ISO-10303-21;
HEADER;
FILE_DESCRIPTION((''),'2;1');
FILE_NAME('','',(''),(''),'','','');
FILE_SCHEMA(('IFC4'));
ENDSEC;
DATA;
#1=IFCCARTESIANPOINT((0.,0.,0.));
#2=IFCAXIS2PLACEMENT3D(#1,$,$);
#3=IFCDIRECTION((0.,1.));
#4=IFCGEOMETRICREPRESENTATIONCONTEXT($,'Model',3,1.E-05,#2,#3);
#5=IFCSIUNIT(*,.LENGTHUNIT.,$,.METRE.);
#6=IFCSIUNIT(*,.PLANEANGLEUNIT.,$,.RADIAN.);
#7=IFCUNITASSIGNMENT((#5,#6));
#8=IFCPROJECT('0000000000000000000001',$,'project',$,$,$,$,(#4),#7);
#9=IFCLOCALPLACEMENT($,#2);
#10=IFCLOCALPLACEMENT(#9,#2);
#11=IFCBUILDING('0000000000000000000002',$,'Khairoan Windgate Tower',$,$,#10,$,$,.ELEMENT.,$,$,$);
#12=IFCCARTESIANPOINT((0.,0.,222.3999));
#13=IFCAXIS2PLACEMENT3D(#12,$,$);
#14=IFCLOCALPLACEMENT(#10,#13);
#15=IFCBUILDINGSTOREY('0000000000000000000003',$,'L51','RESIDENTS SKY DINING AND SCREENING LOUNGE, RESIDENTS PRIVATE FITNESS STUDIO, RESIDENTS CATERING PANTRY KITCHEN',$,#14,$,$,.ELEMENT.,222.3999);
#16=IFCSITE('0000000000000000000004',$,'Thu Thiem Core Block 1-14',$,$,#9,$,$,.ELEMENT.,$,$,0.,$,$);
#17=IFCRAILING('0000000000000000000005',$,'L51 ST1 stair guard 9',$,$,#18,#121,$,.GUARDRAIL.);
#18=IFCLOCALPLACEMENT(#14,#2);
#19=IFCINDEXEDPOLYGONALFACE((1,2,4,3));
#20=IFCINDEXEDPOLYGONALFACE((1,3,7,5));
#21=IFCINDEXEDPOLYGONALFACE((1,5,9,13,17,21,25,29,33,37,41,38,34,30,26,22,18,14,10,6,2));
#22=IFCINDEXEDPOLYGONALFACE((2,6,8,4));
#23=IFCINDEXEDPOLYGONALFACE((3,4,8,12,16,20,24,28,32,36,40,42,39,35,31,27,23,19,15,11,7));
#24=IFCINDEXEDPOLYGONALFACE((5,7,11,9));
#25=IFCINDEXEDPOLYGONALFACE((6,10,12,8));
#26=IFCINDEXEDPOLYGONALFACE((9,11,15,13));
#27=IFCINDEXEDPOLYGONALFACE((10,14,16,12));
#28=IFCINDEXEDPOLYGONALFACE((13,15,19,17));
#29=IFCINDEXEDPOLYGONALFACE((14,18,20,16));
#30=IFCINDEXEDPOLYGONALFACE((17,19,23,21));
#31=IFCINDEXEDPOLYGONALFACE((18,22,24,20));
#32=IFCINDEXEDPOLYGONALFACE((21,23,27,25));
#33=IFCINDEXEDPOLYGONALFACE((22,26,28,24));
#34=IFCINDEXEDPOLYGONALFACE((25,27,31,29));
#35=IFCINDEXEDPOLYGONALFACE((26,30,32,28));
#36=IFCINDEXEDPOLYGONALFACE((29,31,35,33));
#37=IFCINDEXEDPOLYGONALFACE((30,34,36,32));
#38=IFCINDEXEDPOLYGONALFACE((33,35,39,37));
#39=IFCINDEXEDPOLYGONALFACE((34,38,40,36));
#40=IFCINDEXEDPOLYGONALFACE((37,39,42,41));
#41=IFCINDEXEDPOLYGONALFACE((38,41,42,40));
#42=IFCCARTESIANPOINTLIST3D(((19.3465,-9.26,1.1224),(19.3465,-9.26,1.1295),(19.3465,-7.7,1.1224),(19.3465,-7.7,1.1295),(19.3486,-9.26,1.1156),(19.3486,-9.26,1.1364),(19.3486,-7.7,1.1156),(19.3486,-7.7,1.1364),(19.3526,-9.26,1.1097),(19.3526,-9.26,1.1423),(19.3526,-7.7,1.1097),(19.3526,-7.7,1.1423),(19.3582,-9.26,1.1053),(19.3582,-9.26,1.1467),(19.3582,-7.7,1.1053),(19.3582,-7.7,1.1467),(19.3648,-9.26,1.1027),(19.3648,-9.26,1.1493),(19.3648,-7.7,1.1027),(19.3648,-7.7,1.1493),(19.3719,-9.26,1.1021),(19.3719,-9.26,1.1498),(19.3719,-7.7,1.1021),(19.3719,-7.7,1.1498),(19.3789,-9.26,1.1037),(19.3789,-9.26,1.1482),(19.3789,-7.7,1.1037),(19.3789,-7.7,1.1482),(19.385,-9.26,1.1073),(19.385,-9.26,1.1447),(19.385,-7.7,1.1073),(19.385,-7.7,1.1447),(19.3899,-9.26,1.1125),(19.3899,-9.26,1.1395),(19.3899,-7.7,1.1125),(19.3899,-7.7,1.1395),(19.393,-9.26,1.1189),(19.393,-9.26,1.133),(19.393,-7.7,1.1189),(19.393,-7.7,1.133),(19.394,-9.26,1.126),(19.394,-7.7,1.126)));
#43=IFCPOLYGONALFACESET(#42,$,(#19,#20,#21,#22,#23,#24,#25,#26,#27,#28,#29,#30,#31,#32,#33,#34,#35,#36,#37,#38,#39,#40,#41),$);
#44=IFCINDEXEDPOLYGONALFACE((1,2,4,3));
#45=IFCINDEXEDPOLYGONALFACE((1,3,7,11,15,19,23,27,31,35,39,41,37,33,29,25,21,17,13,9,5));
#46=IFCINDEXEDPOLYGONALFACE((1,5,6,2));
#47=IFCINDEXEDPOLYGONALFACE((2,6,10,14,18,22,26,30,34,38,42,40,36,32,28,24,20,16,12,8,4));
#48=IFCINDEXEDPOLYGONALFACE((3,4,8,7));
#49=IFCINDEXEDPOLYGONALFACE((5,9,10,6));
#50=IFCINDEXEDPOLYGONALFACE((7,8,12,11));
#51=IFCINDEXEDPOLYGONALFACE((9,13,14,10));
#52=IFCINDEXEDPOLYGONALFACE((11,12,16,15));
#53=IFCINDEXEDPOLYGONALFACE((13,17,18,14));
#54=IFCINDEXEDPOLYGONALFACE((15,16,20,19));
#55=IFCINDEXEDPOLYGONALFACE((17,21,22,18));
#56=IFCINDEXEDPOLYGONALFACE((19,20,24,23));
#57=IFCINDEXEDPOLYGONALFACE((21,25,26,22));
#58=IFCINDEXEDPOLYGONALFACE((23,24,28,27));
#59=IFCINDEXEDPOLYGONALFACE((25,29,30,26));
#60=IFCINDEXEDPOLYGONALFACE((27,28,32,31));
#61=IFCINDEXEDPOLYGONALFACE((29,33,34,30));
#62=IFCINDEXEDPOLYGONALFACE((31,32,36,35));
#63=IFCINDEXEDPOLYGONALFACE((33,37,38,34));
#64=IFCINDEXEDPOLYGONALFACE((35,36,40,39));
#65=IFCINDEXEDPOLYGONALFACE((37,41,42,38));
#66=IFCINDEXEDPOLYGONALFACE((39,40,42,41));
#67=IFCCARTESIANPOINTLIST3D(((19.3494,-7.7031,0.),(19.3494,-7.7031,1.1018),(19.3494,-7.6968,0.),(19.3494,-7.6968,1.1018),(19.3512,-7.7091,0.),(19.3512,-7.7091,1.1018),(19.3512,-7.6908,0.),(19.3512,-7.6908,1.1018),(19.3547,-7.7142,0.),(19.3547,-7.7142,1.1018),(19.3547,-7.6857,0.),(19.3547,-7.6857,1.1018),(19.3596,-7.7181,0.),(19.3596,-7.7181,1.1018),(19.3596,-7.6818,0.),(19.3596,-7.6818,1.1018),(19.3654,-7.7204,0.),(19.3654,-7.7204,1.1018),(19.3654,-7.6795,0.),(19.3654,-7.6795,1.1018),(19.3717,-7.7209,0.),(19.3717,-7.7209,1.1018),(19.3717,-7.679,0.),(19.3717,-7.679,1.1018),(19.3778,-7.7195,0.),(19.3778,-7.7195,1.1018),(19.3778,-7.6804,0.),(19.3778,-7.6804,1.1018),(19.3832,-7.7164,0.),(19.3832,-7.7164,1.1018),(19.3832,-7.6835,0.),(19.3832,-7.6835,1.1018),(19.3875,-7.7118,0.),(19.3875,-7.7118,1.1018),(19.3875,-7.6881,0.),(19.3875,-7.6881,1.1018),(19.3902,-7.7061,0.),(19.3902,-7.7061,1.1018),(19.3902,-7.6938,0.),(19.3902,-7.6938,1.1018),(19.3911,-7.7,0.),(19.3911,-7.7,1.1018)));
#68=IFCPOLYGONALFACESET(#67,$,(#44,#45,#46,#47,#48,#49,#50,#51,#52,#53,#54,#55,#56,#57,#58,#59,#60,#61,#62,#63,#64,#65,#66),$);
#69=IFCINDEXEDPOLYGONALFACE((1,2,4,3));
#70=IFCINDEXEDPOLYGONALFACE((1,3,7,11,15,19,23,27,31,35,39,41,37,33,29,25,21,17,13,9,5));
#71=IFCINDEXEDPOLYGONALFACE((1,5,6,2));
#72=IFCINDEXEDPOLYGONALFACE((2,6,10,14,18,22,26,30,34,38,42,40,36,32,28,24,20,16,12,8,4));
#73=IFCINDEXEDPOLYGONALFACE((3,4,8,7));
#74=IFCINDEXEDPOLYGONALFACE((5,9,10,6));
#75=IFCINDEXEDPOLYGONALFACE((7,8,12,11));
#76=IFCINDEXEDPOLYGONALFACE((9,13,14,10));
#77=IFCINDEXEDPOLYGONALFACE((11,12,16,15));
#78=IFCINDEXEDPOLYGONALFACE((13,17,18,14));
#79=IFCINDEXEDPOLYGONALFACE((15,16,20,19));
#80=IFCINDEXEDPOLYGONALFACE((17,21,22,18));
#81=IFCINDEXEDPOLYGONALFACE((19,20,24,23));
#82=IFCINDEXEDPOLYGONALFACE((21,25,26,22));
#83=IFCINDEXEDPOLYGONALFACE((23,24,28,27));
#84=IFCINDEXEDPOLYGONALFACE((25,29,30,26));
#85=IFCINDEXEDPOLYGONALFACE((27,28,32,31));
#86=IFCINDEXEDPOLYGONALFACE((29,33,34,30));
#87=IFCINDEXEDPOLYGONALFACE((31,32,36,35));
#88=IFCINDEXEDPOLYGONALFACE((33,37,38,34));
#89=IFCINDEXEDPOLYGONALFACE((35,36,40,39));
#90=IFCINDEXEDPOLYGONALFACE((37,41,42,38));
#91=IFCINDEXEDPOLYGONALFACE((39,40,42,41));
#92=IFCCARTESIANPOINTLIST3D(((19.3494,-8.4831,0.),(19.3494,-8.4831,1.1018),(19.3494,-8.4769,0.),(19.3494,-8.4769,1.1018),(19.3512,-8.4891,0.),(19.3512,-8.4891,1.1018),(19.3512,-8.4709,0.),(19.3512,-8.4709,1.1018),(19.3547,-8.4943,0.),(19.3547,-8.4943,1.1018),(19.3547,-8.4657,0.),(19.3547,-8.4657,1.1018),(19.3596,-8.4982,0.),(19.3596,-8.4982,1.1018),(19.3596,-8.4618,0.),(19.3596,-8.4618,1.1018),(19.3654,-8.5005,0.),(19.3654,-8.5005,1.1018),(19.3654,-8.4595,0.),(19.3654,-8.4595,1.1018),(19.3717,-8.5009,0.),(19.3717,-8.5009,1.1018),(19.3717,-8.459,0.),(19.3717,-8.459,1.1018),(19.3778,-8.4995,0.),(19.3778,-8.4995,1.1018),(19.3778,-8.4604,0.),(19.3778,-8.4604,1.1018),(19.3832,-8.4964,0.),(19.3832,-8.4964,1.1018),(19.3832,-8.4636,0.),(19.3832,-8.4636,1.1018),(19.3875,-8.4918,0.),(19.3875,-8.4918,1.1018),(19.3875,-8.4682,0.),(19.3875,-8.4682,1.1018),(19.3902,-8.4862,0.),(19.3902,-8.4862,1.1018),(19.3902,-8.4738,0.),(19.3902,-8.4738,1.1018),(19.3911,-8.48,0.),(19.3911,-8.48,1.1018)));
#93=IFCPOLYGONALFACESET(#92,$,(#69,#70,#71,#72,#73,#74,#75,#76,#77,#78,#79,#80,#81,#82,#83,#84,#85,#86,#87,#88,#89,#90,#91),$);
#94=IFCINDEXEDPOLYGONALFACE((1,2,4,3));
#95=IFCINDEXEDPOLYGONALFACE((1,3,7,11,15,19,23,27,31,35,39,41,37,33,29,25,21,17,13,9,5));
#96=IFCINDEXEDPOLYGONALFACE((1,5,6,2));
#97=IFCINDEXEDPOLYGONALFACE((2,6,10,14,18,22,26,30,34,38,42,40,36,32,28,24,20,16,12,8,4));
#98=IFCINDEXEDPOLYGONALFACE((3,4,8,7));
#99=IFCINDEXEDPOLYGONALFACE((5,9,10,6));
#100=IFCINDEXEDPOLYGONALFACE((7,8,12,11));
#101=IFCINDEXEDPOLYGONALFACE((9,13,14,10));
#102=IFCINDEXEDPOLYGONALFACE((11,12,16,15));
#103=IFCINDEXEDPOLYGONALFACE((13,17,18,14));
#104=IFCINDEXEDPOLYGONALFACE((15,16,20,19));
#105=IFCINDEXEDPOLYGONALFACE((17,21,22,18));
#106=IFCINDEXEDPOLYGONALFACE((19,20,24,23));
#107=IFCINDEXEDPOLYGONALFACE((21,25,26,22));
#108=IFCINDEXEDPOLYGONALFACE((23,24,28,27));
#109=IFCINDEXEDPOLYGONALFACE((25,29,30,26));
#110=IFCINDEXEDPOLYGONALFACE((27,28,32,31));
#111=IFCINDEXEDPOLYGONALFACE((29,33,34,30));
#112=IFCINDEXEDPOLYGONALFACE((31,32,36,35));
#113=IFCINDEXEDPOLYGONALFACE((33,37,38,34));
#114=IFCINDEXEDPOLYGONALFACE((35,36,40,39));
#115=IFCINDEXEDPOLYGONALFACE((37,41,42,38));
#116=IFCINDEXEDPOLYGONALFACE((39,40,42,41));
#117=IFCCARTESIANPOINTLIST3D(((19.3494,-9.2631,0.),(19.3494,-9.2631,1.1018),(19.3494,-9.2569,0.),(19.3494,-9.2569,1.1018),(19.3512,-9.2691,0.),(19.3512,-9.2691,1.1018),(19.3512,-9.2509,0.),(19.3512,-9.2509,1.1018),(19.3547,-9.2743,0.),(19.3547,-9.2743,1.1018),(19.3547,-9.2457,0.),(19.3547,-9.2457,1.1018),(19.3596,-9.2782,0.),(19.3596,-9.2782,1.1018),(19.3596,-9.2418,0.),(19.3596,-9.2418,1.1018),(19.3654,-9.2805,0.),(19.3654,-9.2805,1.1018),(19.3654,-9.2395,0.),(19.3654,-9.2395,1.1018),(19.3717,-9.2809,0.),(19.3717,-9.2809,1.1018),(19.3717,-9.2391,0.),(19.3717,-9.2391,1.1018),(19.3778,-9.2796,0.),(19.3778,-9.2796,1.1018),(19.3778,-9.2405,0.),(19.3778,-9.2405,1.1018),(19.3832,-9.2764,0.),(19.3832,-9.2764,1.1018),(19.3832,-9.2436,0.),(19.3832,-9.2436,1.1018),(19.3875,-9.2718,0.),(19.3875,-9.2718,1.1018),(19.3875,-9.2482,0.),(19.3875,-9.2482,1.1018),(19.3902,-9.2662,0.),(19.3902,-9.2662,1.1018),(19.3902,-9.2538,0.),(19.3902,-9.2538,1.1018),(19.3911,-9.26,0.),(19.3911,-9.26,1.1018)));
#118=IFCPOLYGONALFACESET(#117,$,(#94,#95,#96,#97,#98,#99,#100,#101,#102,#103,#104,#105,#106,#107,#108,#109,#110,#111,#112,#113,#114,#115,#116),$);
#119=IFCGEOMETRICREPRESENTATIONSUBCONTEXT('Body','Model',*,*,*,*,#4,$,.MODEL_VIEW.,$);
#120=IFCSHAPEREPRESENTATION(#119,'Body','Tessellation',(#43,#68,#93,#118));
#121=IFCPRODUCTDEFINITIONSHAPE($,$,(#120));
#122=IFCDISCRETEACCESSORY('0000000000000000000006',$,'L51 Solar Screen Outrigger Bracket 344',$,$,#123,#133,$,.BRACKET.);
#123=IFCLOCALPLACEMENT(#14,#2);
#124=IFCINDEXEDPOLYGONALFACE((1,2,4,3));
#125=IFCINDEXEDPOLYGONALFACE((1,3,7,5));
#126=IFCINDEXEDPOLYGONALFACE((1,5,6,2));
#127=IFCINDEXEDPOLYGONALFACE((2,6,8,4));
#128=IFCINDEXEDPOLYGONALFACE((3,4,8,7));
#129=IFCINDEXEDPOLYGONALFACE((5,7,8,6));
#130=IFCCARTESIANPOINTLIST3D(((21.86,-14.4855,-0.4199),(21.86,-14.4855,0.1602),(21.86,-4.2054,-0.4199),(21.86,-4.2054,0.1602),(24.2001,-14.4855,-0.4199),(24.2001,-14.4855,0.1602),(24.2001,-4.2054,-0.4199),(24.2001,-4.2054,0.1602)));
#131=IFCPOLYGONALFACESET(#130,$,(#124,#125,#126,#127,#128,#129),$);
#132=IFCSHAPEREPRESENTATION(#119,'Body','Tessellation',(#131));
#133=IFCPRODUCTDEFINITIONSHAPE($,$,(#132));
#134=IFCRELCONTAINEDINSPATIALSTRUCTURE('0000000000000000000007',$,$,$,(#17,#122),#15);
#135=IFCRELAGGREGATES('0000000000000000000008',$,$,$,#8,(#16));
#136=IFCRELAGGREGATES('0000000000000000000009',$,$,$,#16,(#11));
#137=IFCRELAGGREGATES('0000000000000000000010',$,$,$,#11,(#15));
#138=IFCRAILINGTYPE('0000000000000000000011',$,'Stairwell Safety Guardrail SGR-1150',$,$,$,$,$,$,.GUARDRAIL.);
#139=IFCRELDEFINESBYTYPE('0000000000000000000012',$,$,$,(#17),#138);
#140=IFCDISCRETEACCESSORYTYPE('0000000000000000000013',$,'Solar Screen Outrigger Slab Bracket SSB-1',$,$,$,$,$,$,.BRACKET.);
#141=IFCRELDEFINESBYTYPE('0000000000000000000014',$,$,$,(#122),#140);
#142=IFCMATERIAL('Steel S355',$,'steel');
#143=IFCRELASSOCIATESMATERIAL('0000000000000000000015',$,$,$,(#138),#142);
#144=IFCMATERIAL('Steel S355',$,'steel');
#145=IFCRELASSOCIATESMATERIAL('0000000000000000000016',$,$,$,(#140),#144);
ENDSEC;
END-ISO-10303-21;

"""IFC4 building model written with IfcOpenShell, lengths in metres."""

from ifc_helpers import new_model, si_unit, direction, frame, origin, origin_2d, place, context, subcontext, project, spatial, rectangle, circle, extrude, material, type_object, element, save


model = new_model("IFC4")

# Units and contexts
model_context = context("Model", 3, precision=1e-05, world=origin(), true_north=direction((0.0, 1.0)))
body_context = subcontext(model_context, "Body", "Model", "MODEL_VIEW")
ifc_project = project(units=[si_unit("LENGTHUNIT", "METRE"), si_unit("PLANEANGLEUNIT", "RADIAN")], contexts=[model_context])

# Site, building, storey
site_placement = place(None, origin())
site = spatial("IfcSite", under=ifc_project, at=site_placement, Name="Thu Thiem Core Block 1-14", CompositionType="ELEMENT", RefElevation=0.0)
building_placement = place(site_placement, origin())
building = spatial("IfcBuilding", under=site, at=building_placement, Name="Khairoan Windgate Tower", CompositionType="ELEMENT")
storey_placement = place(building_placement, frame((0.0, 0.0, 222.3999)))
storey = spatial("IfcBuildingStorey", under=building, at=storey_placement, Name="L51", Description="RESIDENTS SKY DINING AND SCREENING LOUNGE, RESIDENTS PRIVATE FITNESS STUDIO, RESIDENTS CATERING PANTRY KITCHEN", CompositionType="ELEMENT", Elevation=222.3999)

# Railing
ifc_material_1 = material(Name="Steel S355", Category="steel")
railing_type_1 = type_object("IfcRailingType", Name="Stairwell Safety Guardrail SGR-1150", PredefinedType="GUARDRAIL", material=ifc_material_1)
for number, where, name in (
    (1, (19.3701, -7.7, 0.0), "L51 ST1 stair guard 9"),
):
    element("IfcRailing", number, at=place(storey_placement, frame(where)), inside=storey, type_object=railing_type_1, Name=name, PredefinedType="GUARDRAIL", context=body_context, shape_type="SweptSolid", body=[
        extrude(circle(Radius=0.0239, at=origin_2d()), frame((0.0, 0.0, 1.126), z_axis=(0.0, -1.0, 0.0), x_axis=(1.0, 0.0, 0.0)), (0.0, 0.0, 1.0), 1.5601),
        extrude(circle(Radius=0.021, at=origin_2d()), origin(), (0.0, 0.0, 1.0), 1.1018),
        extrude(circle(Radius=0.021, at=origin_2d()), frame((0.0, -0.78, 0.0)), (0.0, 0.0, 1.0), 1.1018),
        extrude(circle(Radius=0.021, at=origin_2d()), frame((0.0, -1.5601, 0.0)), (0.0, 0.0, 1.0), 1.1018),
    ])

# Discrete accessory
ifc_material_2 = material(Name="Steel S355", Category="steel")
discrete_accessory_type = type_object("IfcDiscreteAccessoryType", Name="Solar Screen Outrigger Slab Bracket SSB-1", PredefinedType="BRACKET", material=ifc_material_2)
discrete_accessory_placement = place(storey_placement, frame((23.03, -9.3455, -0.4199), z_axis=(0.0, 0.0, 1.0), x_axis=(0.0, -1.0, 0.0)))
element("IfcDiscreteAccessory", 2, at=discrete_accessory_placement, inside=storey, type_object=discrete_accessory_type, Name="L51 Solar Screen Outrigger Bracket 344", PredefinedType="BRACKET", context=body_context, shape_type="SweptSolid", body=[
    extrude(rectangle(XDim=10.28, YDim=2.3401, at=origin_2d()), origin(), (0.0, 0.0, 1.0), 0.5801),
])

save(model, "model.ifc")
